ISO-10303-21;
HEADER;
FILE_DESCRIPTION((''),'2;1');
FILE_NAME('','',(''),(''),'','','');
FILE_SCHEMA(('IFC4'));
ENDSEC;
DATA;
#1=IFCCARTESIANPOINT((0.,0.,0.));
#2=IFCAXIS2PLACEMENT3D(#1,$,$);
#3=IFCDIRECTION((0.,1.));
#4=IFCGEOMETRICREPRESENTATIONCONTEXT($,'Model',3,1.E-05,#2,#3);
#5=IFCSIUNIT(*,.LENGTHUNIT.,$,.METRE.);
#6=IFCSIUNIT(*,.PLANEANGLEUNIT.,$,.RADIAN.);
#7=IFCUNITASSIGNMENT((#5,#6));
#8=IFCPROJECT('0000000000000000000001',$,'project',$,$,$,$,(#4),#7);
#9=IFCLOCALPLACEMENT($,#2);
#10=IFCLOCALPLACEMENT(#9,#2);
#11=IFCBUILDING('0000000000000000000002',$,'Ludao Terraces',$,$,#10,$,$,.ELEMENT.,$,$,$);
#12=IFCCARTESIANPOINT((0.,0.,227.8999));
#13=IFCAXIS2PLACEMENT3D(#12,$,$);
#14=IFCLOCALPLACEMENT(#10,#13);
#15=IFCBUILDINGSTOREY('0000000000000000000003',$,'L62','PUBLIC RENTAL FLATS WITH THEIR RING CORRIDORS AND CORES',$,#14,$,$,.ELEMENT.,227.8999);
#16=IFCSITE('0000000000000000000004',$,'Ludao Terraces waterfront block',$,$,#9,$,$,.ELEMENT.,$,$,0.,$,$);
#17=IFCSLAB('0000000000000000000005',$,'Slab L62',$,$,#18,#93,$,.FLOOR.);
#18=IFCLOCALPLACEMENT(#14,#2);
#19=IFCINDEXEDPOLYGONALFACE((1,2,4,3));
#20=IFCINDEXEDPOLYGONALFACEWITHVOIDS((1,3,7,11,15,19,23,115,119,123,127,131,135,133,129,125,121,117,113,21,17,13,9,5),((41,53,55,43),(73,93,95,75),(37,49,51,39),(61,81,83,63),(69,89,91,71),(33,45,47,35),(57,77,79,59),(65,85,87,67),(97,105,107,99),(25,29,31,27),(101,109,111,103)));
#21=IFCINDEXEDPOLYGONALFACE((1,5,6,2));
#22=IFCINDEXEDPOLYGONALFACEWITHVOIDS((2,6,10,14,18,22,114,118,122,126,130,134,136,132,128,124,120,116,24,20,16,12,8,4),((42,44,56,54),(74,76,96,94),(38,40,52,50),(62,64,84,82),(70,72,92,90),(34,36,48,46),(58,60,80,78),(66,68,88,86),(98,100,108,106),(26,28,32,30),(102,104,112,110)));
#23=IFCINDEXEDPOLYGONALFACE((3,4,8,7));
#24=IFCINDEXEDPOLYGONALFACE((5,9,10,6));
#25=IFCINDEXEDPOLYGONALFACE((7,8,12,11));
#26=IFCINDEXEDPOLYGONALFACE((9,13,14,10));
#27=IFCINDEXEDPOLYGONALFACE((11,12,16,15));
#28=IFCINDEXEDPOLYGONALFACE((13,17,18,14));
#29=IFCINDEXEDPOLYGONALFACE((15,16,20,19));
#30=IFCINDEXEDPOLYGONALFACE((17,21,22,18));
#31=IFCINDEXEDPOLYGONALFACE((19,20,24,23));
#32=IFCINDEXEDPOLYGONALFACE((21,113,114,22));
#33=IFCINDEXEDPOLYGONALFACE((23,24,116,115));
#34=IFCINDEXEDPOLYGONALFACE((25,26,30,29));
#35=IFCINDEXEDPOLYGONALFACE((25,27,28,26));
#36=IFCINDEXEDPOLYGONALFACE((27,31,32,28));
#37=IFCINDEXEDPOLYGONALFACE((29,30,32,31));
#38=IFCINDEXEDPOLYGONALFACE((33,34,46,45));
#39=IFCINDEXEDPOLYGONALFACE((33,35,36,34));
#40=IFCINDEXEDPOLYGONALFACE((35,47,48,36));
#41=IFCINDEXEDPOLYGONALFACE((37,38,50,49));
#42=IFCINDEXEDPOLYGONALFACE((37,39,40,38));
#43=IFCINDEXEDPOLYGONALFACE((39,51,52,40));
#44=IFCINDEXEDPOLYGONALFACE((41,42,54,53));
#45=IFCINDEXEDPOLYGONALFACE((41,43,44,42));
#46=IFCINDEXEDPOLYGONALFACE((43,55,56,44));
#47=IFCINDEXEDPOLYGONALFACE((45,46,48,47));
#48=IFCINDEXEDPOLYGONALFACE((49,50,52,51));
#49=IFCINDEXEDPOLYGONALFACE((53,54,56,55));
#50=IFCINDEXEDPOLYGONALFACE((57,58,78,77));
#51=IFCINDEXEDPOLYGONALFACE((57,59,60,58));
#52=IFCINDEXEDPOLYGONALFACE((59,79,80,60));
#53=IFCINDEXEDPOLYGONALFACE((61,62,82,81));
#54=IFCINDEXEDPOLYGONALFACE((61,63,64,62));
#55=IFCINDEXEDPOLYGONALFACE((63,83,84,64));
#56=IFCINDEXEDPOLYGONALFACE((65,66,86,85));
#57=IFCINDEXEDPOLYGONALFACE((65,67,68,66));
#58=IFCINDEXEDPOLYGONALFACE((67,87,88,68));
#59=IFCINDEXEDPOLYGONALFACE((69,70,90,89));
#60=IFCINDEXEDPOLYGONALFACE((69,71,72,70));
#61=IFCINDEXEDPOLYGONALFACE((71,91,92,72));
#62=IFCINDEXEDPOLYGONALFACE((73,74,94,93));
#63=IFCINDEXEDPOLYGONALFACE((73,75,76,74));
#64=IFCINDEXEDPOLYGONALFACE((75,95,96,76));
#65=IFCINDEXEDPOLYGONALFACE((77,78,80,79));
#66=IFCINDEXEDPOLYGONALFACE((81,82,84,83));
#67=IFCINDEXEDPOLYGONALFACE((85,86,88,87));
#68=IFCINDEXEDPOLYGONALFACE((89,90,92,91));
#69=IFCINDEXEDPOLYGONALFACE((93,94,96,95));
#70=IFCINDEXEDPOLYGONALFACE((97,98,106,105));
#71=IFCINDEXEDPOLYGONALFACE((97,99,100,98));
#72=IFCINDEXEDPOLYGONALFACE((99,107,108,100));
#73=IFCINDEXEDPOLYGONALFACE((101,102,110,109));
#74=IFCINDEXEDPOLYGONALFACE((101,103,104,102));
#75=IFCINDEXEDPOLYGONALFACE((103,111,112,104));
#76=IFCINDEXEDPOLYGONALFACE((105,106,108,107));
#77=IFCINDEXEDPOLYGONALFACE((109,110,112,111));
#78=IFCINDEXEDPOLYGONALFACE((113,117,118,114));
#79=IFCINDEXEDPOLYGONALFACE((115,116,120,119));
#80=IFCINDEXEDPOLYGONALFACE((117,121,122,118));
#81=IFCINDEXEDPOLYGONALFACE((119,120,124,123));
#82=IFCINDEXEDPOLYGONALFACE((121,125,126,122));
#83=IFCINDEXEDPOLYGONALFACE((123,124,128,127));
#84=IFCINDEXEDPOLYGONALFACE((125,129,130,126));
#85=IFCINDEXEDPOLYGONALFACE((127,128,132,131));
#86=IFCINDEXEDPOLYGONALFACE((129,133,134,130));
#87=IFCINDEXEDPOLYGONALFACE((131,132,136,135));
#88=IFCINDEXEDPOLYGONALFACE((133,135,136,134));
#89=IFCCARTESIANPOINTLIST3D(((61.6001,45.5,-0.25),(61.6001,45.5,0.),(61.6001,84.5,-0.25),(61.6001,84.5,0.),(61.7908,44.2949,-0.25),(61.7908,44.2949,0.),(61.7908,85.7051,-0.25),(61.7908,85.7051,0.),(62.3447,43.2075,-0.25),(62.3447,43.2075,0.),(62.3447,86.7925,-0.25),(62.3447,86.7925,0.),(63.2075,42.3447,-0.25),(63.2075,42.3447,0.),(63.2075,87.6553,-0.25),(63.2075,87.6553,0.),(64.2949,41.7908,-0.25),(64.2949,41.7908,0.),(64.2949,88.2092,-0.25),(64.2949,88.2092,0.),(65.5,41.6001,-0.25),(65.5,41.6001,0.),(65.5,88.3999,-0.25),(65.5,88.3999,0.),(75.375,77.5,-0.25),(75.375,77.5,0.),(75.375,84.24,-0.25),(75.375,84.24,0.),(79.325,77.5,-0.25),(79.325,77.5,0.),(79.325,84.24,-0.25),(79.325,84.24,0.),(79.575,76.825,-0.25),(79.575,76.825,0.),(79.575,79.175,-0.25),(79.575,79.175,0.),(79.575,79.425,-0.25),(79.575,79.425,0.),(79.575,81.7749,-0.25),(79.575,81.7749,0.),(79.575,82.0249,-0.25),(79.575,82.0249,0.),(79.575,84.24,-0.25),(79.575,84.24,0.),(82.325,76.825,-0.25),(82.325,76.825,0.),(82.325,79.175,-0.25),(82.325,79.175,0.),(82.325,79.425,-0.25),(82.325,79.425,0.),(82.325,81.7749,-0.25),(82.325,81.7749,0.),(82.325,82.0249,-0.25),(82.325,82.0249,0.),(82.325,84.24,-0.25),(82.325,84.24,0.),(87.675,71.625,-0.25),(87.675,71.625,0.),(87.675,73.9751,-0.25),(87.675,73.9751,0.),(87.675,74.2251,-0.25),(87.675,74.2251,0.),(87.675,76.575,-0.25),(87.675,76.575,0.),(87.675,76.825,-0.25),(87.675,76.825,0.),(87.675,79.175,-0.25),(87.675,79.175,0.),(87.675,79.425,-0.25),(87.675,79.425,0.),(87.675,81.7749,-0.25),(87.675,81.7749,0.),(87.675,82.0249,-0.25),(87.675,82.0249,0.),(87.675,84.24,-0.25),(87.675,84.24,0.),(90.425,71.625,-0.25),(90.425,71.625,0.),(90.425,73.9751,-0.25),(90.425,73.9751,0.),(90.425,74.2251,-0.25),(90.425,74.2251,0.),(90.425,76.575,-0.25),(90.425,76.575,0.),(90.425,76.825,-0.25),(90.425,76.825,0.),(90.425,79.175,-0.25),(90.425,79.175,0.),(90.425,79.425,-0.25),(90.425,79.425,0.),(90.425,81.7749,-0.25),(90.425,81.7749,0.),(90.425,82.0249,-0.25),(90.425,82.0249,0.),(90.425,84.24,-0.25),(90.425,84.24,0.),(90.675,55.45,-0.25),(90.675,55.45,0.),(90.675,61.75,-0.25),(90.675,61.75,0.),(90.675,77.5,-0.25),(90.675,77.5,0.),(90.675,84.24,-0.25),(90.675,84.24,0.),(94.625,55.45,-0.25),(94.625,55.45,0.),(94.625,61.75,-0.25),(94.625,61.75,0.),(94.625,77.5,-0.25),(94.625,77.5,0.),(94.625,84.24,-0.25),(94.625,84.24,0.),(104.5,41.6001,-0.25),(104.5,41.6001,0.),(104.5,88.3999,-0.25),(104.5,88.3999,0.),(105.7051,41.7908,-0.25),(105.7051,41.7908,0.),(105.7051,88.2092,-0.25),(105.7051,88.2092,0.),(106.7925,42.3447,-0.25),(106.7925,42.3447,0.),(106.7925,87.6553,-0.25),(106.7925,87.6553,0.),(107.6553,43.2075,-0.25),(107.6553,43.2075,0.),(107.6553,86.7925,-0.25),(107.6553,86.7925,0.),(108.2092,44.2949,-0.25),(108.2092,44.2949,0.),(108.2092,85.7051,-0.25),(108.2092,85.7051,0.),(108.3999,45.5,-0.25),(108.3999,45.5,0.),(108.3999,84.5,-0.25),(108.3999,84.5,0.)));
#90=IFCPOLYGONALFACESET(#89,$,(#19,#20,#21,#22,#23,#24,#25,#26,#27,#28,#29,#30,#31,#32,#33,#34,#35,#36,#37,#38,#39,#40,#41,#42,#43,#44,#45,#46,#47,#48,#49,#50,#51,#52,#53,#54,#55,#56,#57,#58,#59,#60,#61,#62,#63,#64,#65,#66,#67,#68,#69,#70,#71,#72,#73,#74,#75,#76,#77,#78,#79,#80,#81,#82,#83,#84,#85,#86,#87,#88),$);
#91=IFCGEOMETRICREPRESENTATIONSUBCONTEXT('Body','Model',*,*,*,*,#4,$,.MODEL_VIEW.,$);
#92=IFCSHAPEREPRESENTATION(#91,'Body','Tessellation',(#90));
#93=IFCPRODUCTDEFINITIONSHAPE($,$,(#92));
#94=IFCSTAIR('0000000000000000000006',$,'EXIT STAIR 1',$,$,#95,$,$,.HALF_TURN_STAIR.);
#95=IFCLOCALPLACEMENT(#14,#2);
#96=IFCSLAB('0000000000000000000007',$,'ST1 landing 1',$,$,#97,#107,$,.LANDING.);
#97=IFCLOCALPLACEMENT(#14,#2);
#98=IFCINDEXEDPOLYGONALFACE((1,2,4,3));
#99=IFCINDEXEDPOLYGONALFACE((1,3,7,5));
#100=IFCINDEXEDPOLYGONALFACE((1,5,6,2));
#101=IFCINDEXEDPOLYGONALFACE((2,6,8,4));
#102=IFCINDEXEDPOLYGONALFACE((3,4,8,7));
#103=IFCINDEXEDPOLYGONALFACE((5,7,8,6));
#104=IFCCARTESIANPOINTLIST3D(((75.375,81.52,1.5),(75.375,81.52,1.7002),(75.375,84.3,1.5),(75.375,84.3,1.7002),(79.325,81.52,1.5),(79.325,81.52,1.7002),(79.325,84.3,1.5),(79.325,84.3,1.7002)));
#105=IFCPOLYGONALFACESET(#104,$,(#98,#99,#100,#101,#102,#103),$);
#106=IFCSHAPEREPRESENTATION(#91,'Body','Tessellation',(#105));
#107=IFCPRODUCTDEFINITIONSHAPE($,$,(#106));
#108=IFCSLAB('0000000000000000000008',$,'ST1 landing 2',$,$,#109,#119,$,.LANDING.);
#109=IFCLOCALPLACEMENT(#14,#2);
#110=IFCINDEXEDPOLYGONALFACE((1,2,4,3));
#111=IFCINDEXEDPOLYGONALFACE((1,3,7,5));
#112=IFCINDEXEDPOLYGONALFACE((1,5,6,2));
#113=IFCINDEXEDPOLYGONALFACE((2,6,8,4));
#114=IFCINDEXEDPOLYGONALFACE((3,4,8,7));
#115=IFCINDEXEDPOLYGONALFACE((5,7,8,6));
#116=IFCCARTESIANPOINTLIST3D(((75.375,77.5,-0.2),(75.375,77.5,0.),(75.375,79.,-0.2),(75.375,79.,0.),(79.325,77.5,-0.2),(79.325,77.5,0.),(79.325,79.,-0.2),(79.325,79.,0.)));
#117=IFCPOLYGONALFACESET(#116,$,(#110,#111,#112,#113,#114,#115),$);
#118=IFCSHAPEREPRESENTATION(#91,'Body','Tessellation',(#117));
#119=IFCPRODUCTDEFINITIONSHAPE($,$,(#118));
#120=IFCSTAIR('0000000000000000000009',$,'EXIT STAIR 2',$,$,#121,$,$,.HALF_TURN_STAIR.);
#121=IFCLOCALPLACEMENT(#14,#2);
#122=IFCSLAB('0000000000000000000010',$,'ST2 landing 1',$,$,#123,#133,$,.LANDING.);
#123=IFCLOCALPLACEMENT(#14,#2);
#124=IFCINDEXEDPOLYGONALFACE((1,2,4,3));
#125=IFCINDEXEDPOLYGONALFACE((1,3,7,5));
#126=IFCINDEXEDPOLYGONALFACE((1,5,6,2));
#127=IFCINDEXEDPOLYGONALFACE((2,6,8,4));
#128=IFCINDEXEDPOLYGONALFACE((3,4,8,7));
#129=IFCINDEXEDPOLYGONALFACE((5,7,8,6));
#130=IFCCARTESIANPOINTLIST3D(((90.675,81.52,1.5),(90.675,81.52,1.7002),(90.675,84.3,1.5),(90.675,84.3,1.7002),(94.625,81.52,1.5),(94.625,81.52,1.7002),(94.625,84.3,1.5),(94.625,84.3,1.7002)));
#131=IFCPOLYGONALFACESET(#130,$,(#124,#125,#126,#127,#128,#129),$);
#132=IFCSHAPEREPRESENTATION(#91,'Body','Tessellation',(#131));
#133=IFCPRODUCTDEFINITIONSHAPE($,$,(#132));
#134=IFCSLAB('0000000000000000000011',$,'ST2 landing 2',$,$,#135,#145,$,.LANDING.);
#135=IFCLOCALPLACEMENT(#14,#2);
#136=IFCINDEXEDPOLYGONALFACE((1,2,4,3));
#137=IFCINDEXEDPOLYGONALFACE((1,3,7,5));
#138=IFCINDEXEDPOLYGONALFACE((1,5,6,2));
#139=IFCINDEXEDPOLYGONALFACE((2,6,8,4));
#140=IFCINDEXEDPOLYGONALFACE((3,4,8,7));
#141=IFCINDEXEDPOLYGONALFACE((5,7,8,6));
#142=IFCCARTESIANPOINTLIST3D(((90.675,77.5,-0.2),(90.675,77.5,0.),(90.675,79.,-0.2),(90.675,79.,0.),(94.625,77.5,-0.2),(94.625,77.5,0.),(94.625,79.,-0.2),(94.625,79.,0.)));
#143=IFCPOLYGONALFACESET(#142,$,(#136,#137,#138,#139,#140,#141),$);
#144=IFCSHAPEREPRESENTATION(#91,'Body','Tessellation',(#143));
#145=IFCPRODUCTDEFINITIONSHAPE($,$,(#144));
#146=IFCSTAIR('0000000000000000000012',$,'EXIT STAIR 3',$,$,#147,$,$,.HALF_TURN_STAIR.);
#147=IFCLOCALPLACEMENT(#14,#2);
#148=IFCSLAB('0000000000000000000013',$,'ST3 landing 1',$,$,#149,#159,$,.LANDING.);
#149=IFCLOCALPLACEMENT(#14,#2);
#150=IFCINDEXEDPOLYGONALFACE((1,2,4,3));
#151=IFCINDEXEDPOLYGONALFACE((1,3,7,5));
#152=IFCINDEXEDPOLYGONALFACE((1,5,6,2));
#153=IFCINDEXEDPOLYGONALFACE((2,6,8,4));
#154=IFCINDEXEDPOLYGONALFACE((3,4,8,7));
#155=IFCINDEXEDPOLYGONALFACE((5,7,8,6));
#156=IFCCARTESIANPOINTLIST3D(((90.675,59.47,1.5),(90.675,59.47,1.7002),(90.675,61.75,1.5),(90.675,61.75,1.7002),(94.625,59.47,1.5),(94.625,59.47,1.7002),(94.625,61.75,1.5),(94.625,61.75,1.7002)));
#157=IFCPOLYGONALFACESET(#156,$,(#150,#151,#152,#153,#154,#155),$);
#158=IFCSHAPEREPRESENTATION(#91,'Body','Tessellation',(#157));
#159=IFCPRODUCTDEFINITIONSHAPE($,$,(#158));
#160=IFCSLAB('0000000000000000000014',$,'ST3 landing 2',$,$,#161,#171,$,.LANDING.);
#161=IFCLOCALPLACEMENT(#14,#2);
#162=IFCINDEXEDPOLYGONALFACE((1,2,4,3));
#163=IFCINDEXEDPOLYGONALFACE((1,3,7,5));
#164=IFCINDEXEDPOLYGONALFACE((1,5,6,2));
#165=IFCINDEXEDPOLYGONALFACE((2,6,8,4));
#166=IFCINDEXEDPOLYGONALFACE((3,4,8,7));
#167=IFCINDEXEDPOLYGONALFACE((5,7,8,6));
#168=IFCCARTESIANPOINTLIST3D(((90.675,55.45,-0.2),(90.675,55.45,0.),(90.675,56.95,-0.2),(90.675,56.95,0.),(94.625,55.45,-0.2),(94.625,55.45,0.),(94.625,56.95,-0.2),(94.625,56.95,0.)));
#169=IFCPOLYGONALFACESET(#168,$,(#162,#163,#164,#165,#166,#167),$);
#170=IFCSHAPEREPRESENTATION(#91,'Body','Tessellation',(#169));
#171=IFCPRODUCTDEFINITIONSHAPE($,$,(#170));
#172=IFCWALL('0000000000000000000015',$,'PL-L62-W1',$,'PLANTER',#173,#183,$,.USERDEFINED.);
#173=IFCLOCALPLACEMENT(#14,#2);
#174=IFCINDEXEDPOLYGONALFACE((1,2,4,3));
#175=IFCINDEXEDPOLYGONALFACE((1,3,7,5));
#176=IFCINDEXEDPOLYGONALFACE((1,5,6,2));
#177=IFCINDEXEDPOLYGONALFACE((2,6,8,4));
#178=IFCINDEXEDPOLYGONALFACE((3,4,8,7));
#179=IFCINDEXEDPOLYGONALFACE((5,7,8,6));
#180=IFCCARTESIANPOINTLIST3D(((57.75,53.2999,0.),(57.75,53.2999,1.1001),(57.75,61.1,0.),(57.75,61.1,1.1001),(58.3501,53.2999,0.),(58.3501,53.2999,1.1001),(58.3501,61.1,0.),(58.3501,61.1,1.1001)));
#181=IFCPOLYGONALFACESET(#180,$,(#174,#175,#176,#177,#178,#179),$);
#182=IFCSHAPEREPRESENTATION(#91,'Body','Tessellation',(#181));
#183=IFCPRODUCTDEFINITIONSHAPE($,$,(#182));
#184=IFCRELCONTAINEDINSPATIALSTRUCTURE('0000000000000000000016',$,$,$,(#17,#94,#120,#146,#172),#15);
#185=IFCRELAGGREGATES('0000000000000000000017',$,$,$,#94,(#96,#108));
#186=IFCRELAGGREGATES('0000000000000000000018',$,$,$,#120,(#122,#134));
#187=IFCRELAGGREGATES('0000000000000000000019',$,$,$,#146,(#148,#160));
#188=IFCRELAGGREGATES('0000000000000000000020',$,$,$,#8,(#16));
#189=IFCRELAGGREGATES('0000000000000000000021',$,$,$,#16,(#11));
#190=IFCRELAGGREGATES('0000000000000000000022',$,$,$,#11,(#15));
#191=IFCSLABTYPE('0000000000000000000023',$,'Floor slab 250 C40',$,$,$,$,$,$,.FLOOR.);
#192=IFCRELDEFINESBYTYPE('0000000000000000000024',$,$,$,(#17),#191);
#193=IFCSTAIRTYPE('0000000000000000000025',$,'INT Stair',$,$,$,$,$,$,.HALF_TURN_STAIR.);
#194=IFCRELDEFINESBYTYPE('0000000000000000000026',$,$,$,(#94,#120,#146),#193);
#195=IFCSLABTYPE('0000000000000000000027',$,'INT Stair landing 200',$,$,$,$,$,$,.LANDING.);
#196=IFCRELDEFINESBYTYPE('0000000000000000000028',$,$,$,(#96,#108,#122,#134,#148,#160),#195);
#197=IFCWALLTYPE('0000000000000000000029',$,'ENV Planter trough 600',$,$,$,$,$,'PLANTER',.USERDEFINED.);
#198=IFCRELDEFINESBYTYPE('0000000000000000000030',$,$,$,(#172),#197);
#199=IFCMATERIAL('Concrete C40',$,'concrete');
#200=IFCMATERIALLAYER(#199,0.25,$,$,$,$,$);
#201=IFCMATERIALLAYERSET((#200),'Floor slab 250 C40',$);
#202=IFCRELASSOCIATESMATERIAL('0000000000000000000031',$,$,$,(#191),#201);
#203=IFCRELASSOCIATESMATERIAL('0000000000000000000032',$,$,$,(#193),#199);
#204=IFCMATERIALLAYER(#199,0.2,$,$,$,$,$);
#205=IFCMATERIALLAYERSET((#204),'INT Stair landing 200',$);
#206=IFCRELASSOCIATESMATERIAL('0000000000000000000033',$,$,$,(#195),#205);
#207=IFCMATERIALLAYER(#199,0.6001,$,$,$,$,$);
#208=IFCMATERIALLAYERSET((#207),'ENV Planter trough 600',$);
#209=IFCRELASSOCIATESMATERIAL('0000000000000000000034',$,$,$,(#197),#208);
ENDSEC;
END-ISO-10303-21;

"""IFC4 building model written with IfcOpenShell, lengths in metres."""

from ifc_helpers import new_model, si_unit, direction, frame, frame_2d, origin, place, context, subcontext, project, spatial, polyline, rectangle, outline, extrude, material, layer, layer_set, type_object, element, aggregate, save


model = new_model("IFC4")

# Units and contexts
model_context = context("Model", 3, precision=1e-05, world=origin(), true_north=direction((0.0, 1.0)))
body_context = subcontext(model_context, "Body", "Model", "MODEL_VIEW")
ifc_project = project(units=[si_unit("LENGTHUNIT", "METRE"), si_unit("PLANEANGLEUNIT", "RADIAN")], contexts=[model_context])

# Site, building, storey
site_placement = place(None, origin())
site = spatial("IfcSite", under=ifc_project, at=site_placement, Name="Ludao Terraces waterfront block", CompositionType="ELEMENT", RefElevation=0.0)
building_placement = place(site_placement, origin())
building = spatial("IfcBuilding", under=site, at=building_placement, Name="Ludao Terraces", CompositionType="ELEMENT")
storey_placement = place(building_placement, frame((0.0, 0.0, 227.8999)))
storey = spatial("IfcBuildingStorey", under=building, at=storey_placement, Name="L62", Description="PUBLIC RENTAL FLATS WITH THEIR RING CORRIDORS AND CORES", CompositionType="ELEMENT", Elevation=227.8999)

# Shared definitions
ifc_material_1 = material(Name="Concrete C40", Category="concrete")

# Slab
ifc_layer_1 = layer(ifc_material_1, 0.25)
ifc_layer_set_1 = layer_set([ifc_layer_1], Name="Floor slab 250 C40")
slab_type_1 = type_object("IfcSlabType", Name="Floor slab 250 C40", PredefinedType="FLOOR", material=ifc_layer_set_1)
slab_1_placement = place(storey_placement, frame((0.0, 0.0, -0.25)))
element("IfcSlab", 1, at=slab_1_placement, inside=storey, type_object=slab_type_1, Name="Slab L62", PredefinedType="FLOOR", context=body_context, shape_type="SweptSolid", body=[
    extrude(outline(polyline([(104.5, 41.6001), (105.7051, 41.7908), (106.7925, 42.3447), (107.6553, 43.2075), (108.2092, 44.2949), (108.3999, 45.5), (108.3999, 84.5), (108.2092, 85.7051), (107.6553, 86.7925), (106.7925, 87.6553), (105.7051, 88.2092), (104.5, 88.3999), (65.5, 88.3999), (64.2949, 88.2092), (63.2075, 87.6553), (62.3447, 86.7925), (61.7908, 85.7051), (61.6001, 84.5), (61.6001, 45.5), (61.7908, 44.2949), (62.3447, 43.2075), (63.2075, 42.3447), (64.2949, 41.7908), (65.5, 41.6001), (104.5, 41.6001)]), holes=[polyline([(79.575, 76.825), (82.325, 76.825), (82.325, 79.175), (79.575, 79.175), (79.575, 76.825)]), polyline([(79.575, 79.425), (82.325, 79.425), (82.325, 81.7749), (79.575, 81.7749), (79.575, 79.425)]), polyline([(79.575, 82.0249), (82.325, 82.0249), (82.325, 84.24), (79.575, 84.24), (79.575, 82.0249)]), polyline([(87.675, 71.625), (90.425, 71.625), (90.425, 73.9751), (87.675, 73.9751), (87.675, 71.625)]), polyline([(87.675, 74.2251), (90.425, 74.2251), (90.425, 76.575), (87.675, 76.575), (87.675, 74.2251)]), polyline([(87.675, 76.825), (90.425, 76.825), (90.425, 79.175), (87.675, 79.175), (87.675, 76.825)]), polyline([(87.675, 79.425), (90.425, 79.425), (90.425, 81.7749), (87.675, 81.7749), (87.675, 79.425)]), polyline([(87.675, 82.0249), (90.425, 82.0249), (90.425, 84.24), (87.675, 84.24), (87.675, 82.0249)]), polyline([(75.375, 77.5), (79.325, 77.5), (79.325, 84.24), (75.375, 84.24), (75.375, 77.5)]), polyline([(90.675, 77.5), (94.625, 77.5), (94.625, 84.24), (90.675, 84.24), (90.675, 77.5)]), polyline([(90.675, 55.45), (94.625, 55.45), (94.625, 61.75), (90.675, 61.75), (90.675, 55.45)])]), origin(), (0.0, 0.0, 1.0), 0.25),
])

# Stairs, slabs
stair_type = type_object("IfcStairType", Name="INT Stair", PredefinedType="HALF_TURN_STAIR", material=ifc_material_1)
stair_1_placement = place(storey_placement, origin())
stair_1 = element("IfcStair", 2, at=stair_1_placement, inside=storey, type_object=stair_type, Name="EXIT STAIR 1", PredefinedType="HALF_TURN_STAIR")
ifc_layer_2 = layer(ifc_material_1, 0.2)
ifc_layer_set_2 = layer_set([ifc_layer_2], Name="INT Stair landing 200")
slab_type_2 = type_object("IfcSlabType", Name="INT Stair landing 200", PredefinedType="LANDING", material=ifc_layer_set_2)
slab_2_placement = place(storey_placement, frame((0.0, 0.0, 1.5)))
slab_2 = element("IfcSlab", 3, at=slab_2_placement, type_object=slab_type_2, Name="ST1 landing 1", PredefinedType="LANDING", context=body_context, shape_type="SweptSolid", body=[
    extrude(outline(polyline([(75.375, 81.52), (79.325, 81.52), (79.325, 84.3), (75.375, 84.3), (75.375, 81.52)])), origin(), (0.0, 0.0, 1.0), 0.2002),
])
slab_3_placement = place(storey_placement, frame((0.0, 0.0, -0.2)))
slab_3 = element("IfcSlab", 4, at=slab_3_placement, type_object=slab_type_2, Name="ST1 landing 2", PredefinedType="LANDING", context=body_context, shape_type="SweptSolid", body=[
    extrude(outline(polyline([(75.375, 77.5), (79.325, 77.5), (79.325, 79.0), (75.375, 79.0), (75.375, 77.5)])), origin(), (0.0, 0.0, 1.0), 0.2),
])
aggregate(stair_1, [slab_2, slab_3])
stair_2_placement = place(storey_placement, origin())
stair_2 = element("IfcStair", 5, at=stair_2_placement, inside=storey, type_object=stair_type, Name="EXIT STAIR 2", PredefinedType="HALF_TURN_STAIR")
slab_4_placement = place(storey_placement, frame((0.0, 0.0, 1.5)))
slab_4 = element("IfcSlab", 6, at=slab_4_placement, type_object=slab_type_2, Name="ST2 landing 1", PredefinedType="LANDING", context=body_context, shape_type="SweptSolid", body=[
    extrude(outline(polyline([(90.675, 81.52), (94.625, 81.52), (94.625, 84.3), (90.675, 84.3), (90.675, 81.52)])), origin(), (0.0, 0.0, 1.0), 0.2002),
])
slab_5_placement = place(storey_placement, frame((0.0, 0.0, -0.2)))
slab_5 = element("IfcSlab", 7, at=slab_5_placement, type_object=slab_type_2, Name="ST2 landing 2", PredefinedType="LANDING", context=body_context, shape_type="SweptSolid", body=[
    extrude(outline(polyline([(90.675, 77.5), (94.625, 77.5), (94.625, 79.0), (90.675, 79.0), (90.675, 77.5)])), origin(), (0.0, 0.0, 1.0), 0.2),
])
aggregate(stair_2, [slab_4, slab_5])
stair_3_placement = place(storey_placement, origin())
stair_3 = element("IfcStair", 8, at=stair_3_placement, inside=storey, type_object=stair_type, Name="EXIT STAIR 3", PredefinedType="HALF_TURN_STAIR")
slab_6_placement = place(storey_placement, frame((0.0, 0.0, 1.5)))
slab_6 = element("IfcSlab", 9, at=slab_6_placement, type_object=slab_type_2, Name="ST3 landing 1", PredefinedType="LANDING", context=body_context, shape_type="SweptSolid", body=[
    extrude(outline(polyline([(90.675, 59.47), (94.625, 59.47), (94.625, 61.75), (90.675, 61.75), (90.675, 59.47)])), origin(), (0.0, 0.0, 1.0), 0.2002),
])
slab_7_placement = place(storey_placement, frame((0.0, 0.0, -0.2)))
slab_7 = element("IfcSlab", 10, at=slab_7_placement, type_object=slab_type_2, Name="ST3 landing 2", PredefinedType="LANDING", context=body_context, shape_type="SweptSolid", body=[
    extrude(outline(polyline([(90.675, 55.45), (94.625, 55.45), (94.625, 56.95), (90.675, 56.95), (90.675, 55.45)])), origin(), (0.0, 0.0, 1.0), 0.2),
])
aggregate(stair_3, [slab_6, slab_7])

# Wall
ifc_layer_3 = layer(ifc_material_1, 0.6001)
ifc_layer_set_3 = layer_set([ifc_layer_3], Name="ENV Planter trough 600")
wall_type = type_object("IfcWallType", Name="ENV Planter trough 600", ElementType="PLANTER", PredefinedType="USERDEFINED", material=ifc_layer_set_3)
wall_1_placement = place(storey_placement, frame((58.05, 53.3, 0.0), z_axis=(0.0, 0.0, 1.0), x_axis=(0.0, 1.0, 0.0)))
element("IfcWall", 11, at=wall_1_placement, inside=storey, type_object=wall_type, Name="PL-L62-W1", ObjectType="PLANTER", PredefinedType="USERDEFINED", context=body_context, shape_type="SweptSolid", body=[
    extrude(rectangle(XDim=7.8, YDim=0.6001, at=frame_2d((3.8999, 0.0))), origin(), (0.0, 0.0, 1.0), 1.1001),
])

save(model, "model.ifc")
